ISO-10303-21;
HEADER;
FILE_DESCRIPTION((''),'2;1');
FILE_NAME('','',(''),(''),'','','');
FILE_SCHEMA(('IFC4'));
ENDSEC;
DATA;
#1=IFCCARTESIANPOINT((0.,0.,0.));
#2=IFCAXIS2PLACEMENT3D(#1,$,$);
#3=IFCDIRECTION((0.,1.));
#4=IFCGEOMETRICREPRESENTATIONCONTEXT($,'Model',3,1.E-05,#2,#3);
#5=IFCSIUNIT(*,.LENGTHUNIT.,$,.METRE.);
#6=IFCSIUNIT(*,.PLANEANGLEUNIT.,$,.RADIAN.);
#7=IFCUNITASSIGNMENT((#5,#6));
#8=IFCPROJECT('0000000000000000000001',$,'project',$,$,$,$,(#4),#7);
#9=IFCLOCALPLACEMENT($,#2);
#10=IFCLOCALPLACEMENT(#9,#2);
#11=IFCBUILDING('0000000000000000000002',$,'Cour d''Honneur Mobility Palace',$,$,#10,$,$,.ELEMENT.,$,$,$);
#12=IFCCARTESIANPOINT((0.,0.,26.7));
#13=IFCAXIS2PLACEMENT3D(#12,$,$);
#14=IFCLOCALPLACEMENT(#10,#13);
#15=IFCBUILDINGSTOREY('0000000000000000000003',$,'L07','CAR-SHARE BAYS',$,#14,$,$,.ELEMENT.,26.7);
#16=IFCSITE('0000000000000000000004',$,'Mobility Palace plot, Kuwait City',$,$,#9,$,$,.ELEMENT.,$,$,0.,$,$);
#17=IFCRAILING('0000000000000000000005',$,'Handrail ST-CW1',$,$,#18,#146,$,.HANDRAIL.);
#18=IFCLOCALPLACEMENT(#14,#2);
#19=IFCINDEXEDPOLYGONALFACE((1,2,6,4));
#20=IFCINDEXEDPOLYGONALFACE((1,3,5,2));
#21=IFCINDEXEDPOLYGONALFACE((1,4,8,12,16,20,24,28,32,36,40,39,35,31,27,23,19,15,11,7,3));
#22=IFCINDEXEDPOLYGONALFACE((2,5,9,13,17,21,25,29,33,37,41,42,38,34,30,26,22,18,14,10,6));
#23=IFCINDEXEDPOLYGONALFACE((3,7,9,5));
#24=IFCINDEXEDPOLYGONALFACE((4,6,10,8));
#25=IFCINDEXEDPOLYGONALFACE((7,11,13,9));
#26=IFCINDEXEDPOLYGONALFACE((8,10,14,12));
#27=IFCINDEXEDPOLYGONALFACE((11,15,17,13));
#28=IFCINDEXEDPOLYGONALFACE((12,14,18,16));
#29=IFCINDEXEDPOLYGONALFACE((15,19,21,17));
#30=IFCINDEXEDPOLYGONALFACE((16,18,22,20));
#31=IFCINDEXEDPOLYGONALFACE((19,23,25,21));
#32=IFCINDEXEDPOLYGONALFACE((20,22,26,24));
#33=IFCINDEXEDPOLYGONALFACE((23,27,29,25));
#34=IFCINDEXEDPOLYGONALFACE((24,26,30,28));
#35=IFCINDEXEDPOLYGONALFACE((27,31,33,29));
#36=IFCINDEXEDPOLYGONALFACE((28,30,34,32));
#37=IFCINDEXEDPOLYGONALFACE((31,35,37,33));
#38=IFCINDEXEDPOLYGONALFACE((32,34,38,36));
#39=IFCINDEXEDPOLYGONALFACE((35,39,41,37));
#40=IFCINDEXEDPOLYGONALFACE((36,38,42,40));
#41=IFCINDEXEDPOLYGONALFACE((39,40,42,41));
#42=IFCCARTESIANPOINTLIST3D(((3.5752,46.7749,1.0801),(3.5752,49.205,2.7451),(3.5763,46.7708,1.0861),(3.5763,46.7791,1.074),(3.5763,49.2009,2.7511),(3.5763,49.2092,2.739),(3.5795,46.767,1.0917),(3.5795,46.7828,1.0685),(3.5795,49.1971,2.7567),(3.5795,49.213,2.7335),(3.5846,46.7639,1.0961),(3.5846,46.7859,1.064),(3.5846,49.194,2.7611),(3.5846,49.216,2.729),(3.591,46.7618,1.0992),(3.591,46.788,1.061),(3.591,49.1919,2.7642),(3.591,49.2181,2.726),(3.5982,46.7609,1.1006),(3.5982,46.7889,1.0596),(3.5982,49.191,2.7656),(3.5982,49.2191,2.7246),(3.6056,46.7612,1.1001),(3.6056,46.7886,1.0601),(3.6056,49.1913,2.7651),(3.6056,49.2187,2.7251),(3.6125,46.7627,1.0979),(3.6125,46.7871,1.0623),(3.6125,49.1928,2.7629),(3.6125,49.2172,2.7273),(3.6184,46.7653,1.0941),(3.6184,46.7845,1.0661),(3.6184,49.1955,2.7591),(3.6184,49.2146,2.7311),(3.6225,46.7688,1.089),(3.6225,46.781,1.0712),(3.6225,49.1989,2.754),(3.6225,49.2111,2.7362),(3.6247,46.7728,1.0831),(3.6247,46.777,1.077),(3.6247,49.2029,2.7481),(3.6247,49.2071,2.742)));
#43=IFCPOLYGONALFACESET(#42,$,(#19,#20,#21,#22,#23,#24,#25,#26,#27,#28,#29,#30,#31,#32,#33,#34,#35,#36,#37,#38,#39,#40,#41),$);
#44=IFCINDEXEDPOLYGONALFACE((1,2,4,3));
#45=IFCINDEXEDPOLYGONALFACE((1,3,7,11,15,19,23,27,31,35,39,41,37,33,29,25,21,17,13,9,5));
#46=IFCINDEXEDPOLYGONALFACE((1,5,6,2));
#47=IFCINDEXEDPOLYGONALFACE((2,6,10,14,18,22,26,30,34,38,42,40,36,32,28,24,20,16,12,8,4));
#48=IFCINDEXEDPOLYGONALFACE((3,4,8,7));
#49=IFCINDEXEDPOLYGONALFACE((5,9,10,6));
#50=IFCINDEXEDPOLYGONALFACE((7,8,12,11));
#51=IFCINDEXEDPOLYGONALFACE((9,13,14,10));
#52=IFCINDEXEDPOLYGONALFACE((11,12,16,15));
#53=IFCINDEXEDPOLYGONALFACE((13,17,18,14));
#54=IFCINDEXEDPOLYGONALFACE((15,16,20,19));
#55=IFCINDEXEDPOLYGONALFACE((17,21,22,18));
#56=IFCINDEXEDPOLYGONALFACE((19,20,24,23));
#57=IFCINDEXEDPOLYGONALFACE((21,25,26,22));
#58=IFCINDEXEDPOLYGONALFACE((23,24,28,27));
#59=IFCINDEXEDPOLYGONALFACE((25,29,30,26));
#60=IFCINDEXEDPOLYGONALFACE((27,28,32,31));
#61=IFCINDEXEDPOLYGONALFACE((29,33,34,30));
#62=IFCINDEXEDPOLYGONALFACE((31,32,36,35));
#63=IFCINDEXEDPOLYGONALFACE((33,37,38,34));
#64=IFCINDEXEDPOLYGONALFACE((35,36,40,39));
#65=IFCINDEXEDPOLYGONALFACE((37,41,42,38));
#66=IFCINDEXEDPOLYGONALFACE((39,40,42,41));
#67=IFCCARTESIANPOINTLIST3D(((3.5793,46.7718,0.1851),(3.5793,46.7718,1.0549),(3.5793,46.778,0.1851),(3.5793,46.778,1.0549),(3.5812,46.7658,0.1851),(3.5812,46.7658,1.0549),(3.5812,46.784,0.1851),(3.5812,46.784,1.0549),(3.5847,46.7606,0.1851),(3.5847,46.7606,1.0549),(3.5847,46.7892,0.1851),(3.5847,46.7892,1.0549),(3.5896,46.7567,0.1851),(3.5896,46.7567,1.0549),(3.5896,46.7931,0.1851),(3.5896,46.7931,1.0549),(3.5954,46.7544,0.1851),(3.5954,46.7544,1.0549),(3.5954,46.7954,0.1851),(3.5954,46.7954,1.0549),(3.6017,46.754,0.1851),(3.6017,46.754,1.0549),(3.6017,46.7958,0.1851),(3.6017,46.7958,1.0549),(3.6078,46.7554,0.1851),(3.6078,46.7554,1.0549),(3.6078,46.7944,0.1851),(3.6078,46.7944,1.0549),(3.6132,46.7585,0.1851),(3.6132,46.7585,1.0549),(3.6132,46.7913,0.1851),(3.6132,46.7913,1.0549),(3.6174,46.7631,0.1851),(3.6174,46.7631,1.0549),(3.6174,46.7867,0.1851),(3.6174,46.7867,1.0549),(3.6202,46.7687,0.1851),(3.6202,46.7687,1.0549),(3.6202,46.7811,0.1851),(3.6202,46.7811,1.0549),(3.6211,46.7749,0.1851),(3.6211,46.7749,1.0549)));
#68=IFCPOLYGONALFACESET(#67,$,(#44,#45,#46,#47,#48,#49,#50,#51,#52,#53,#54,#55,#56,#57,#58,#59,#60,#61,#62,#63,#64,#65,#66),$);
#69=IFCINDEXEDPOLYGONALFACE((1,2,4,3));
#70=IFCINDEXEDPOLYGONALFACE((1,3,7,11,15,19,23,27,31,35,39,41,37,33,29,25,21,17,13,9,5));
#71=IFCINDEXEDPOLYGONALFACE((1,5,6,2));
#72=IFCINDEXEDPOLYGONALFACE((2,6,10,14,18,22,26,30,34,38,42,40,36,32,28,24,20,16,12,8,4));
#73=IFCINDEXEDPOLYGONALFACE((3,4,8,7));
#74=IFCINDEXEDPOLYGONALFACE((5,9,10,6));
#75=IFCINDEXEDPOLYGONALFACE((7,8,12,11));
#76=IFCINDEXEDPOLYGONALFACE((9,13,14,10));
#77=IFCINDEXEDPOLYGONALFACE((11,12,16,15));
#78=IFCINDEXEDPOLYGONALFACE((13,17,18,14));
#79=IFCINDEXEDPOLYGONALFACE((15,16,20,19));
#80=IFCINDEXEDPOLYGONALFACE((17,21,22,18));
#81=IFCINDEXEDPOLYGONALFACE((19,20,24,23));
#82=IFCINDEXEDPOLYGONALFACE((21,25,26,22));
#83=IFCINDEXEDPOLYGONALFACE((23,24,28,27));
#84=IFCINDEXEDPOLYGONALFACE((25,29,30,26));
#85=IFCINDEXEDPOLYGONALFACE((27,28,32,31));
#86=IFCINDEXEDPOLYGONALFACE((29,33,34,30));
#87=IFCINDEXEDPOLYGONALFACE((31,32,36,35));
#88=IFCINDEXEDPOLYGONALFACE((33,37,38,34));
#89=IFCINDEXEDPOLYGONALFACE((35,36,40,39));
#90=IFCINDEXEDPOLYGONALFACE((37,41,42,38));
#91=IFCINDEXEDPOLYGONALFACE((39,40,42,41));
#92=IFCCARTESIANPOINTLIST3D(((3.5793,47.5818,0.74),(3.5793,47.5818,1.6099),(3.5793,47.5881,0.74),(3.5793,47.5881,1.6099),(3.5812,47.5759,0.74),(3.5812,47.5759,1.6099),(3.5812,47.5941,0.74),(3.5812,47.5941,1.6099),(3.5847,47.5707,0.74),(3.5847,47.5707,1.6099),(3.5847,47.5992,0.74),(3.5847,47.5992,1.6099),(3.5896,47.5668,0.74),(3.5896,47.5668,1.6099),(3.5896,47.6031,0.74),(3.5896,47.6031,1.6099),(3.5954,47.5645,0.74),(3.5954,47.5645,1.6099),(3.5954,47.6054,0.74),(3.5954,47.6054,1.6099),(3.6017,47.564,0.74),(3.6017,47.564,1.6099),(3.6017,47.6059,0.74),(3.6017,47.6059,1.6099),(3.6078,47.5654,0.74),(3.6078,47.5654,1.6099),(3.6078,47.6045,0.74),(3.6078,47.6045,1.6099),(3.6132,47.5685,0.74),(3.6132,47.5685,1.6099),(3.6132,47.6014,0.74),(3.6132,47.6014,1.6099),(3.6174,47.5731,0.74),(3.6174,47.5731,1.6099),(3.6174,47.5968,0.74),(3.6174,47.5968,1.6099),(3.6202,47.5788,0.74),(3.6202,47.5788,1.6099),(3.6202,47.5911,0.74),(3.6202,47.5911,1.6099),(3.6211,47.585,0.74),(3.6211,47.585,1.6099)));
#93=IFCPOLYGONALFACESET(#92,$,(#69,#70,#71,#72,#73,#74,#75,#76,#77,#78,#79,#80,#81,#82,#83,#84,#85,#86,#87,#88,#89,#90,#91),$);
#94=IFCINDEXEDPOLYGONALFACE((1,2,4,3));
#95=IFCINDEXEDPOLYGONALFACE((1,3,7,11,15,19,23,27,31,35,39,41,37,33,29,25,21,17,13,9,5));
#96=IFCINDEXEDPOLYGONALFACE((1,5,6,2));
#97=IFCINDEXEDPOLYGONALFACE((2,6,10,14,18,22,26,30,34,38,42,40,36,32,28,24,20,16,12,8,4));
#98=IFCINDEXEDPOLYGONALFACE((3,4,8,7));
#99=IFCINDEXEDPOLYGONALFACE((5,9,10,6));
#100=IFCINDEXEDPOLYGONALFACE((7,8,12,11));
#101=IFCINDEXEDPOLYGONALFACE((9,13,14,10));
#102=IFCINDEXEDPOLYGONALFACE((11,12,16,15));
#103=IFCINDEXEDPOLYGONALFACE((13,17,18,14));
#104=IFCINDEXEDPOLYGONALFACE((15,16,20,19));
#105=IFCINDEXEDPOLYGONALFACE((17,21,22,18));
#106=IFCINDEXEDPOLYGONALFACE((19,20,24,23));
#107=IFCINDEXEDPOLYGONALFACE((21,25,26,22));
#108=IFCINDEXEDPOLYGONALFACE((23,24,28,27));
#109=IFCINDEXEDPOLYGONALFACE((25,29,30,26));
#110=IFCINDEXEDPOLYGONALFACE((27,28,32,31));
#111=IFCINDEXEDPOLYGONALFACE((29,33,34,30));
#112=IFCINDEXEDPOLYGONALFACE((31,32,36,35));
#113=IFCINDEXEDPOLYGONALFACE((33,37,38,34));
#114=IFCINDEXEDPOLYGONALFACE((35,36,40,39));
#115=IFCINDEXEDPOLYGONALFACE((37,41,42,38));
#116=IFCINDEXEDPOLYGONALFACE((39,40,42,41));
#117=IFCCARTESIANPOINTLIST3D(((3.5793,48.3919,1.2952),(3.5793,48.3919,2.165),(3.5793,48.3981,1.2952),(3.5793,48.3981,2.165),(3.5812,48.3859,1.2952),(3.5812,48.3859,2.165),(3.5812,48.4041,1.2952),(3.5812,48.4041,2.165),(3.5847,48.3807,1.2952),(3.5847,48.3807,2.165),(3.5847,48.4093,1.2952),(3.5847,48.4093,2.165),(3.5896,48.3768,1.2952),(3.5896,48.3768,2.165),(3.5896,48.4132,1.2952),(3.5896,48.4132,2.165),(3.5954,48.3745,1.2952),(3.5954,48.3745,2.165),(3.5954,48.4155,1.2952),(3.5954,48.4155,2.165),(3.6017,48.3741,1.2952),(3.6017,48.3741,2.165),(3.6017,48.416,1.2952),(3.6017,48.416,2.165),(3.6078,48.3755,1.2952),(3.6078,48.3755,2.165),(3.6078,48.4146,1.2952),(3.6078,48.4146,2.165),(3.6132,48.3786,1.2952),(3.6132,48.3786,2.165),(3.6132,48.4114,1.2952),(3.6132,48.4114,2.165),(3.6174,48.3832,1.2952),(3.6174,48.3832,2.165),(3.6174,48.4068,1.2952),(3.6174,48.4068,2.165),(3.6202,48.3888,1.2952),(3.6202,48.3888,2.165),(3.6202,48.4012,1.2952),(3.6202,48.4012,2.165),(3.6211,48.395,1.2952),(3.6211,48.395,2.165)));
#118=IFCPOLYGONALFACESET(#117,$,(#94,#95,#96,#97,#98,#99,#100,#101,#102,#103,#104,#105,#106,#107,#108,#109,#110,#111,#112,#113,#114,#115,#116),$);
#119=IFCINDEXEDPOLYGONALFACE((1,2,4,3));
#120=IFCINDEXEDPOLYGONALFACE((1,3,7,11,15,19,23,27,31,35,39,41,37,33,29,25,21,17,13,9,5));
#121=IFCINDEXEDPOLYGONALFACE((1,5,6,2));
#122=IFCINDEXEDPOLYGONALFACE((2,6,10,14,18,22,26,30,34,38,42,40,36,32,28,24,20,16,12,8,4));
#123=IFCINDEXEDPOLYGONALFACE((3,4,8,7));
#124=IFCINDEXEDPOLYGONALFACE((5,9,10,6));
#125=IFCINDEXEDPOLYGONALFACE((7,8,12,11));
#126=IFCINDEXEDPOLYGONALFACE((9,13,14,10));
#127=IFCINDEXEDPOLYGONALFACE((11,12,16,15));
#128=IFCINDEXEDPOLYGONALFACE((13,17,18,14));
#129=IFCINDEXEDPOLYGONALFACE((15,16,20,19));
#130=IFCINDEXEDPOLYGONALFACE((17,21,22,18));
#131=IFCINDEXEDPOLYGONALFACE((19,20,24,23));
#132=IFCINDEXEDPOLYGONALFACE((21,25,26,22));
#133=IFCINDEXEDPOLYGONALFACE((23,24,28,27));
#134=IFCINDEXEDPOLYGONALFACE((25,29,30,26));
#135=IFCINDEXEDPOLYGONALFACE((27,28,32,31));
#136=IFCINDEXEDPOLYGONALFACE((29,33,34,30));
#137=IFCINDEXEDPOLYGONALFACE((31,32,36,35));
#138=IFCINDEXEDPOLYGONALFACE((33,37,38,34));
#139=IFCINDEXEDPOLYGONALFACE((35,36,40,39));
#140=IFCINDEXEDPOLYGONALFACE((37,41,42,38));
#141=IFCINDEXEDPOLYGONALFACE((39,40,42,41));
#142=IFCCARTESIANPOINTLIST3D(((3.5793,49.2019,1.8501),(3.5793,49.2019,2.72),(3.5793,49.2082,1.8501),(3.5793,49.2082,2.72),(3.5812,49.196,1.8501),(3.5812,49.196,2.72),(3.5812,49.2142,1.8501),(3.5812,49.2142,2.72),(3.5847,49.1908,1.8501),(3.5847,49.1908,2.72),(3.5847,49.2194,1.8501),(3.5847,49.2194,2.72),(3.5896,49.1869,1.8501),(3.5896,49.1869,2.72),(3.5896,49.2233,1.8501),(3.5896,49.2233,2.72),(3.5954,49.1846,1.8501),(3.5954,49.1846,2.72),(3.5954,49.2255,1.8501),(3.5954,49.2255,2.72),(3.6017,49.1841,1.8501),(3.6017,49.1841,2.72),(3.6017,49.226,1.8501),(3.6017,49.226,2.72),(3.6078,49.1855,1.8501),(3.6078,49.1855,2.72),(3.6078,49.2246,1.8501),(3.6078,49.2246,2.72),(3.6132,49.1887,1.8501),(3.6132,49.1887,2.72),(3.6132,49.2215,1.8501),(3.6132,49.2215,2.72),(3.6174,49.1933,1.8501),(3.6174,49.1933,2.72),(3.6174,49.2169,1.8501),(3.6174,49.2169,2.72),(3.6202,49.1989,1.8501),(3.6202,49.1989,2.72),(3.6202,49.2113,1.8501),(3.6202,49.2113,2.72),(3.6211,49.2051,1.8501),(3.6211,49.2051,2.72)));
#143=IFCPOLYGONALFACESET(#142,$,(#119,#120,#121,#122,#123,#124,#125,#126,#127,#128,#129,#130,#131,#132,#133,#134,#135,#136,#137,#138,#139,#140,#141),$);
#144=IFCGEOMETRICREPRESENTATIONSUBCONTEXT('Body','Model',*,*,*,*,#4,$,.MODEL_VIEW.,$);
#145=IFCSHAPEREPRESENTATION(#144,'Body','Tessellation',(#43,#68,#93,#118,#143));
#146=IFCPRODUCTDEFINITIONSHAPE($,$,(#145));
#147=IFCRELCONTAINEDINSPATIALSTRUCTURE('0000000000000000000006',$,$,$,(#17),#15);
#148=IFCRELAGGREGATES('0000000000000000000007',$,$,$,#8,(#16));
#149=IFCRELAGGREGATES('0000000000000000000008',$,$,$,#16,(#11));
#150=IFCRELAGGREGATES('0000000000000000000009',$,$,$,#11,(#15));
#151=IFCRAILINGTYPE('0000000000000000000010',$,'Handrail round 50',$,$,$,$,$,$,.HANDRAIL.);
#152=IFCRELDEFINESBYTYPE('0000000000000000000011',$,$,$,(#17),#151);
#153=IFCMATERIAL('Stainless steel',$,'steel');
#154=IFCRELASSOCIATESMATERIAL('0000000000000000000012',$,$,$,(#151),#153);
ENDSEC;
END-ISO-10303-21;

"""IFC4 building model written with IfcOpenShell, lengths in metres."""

from ifc_helpers import new_model, si_unit, direction, frame, origin, origin_2d, place, context, subcontext, project, spatial, circle, extrude, material, type_object, element, save


model = new_model("IFC4")

# Units and contexts
model_context = context("Model", 3, precision=1e-05, world=origin(), true_north=direction((0.0, 1.0)))
body_context = subcontext(model_context, "Body", "Model", "MODEL_VIEW")
ifc_project = project(units=[si_unit("LENGTHUNIT", "METRE"), si_unit("PLANEANGLEUNIT", "RADIAN")], contexts=[model_context])

# Site, building, storey
site_placement = place(None, origin())
site = spatial("IfcSite", under=ifc_project, at=site_placement, Name="Mobility Palace plot, Kuwait City", CompositionType="ELEMENT", RefElevation=0.0)
building_placement = place(site_placement, origin())
building = spatial("IfcBuilding", under=site, at=building_placement, Name="Cour d'Honneur Mobility Palace", CompositionType="ELEMENT")
storey_placement = place(building_placement, frame((0.0, 0.0, 26.7)))
storey = spatial("IfcBuildingStorey", under=building, at=storey_placement, Name="L07", Description="CAR-SHARE BAYS", CompositionType="ELEMENT", Elevation=26.7)

# Railing
ifc_material_1 = material(Name="Stainless steel", Category="steel")
railing_type_1 = type_object("IfcRailingType", Name="Handrail round 50", PredefinedType="HANDRAIL", material=ifc_material_1)
railing_1_placement = place(storey_placement, frame((3.6001, 46.7749, 0.1851)))
element("IfcRailing", 1, at=railing_1_placement, inside=storey, type_object=railing_type_1, Name="Handrail ST-CW1", PredefinedType="HANDRAIL", context=body_context, shape_type="SweptSolid", body=[
    extrude(circle(Radius=0.0249, at=origin_2d()), frame((0.0, 0.0, 0.895), z_axis=(0.0, 0.824945, 0.565213), x_axis=(-1.0, 0.0, 0.0)), (0.0, 0.0, 1.0), 2.9458),
    extrude(circle(Radius=0.021, at=origin_2d()), origin(), (0.0, 0.0, 1.0), 0.8699),
    extrude(circle(Radius=0.021, at=origin_2d()), frame((0.0, 0.8101, 0.5549)), (0.0, 0.0, 1.0), 0.8699),
    extrude(circle(Radius=0.021, at=origin_2d()), frame((0.0, 1.6201, 1.1101)), (0.0, 0.0, 1.0), 0.8699),
    extrude(circle(Radius=0.021, at=origin_2d()), frame((0.0, 2.4302, 1.665)), (0.0, 0.0, 1.0), 0.8699),
])

save(model, "model.ifc")
